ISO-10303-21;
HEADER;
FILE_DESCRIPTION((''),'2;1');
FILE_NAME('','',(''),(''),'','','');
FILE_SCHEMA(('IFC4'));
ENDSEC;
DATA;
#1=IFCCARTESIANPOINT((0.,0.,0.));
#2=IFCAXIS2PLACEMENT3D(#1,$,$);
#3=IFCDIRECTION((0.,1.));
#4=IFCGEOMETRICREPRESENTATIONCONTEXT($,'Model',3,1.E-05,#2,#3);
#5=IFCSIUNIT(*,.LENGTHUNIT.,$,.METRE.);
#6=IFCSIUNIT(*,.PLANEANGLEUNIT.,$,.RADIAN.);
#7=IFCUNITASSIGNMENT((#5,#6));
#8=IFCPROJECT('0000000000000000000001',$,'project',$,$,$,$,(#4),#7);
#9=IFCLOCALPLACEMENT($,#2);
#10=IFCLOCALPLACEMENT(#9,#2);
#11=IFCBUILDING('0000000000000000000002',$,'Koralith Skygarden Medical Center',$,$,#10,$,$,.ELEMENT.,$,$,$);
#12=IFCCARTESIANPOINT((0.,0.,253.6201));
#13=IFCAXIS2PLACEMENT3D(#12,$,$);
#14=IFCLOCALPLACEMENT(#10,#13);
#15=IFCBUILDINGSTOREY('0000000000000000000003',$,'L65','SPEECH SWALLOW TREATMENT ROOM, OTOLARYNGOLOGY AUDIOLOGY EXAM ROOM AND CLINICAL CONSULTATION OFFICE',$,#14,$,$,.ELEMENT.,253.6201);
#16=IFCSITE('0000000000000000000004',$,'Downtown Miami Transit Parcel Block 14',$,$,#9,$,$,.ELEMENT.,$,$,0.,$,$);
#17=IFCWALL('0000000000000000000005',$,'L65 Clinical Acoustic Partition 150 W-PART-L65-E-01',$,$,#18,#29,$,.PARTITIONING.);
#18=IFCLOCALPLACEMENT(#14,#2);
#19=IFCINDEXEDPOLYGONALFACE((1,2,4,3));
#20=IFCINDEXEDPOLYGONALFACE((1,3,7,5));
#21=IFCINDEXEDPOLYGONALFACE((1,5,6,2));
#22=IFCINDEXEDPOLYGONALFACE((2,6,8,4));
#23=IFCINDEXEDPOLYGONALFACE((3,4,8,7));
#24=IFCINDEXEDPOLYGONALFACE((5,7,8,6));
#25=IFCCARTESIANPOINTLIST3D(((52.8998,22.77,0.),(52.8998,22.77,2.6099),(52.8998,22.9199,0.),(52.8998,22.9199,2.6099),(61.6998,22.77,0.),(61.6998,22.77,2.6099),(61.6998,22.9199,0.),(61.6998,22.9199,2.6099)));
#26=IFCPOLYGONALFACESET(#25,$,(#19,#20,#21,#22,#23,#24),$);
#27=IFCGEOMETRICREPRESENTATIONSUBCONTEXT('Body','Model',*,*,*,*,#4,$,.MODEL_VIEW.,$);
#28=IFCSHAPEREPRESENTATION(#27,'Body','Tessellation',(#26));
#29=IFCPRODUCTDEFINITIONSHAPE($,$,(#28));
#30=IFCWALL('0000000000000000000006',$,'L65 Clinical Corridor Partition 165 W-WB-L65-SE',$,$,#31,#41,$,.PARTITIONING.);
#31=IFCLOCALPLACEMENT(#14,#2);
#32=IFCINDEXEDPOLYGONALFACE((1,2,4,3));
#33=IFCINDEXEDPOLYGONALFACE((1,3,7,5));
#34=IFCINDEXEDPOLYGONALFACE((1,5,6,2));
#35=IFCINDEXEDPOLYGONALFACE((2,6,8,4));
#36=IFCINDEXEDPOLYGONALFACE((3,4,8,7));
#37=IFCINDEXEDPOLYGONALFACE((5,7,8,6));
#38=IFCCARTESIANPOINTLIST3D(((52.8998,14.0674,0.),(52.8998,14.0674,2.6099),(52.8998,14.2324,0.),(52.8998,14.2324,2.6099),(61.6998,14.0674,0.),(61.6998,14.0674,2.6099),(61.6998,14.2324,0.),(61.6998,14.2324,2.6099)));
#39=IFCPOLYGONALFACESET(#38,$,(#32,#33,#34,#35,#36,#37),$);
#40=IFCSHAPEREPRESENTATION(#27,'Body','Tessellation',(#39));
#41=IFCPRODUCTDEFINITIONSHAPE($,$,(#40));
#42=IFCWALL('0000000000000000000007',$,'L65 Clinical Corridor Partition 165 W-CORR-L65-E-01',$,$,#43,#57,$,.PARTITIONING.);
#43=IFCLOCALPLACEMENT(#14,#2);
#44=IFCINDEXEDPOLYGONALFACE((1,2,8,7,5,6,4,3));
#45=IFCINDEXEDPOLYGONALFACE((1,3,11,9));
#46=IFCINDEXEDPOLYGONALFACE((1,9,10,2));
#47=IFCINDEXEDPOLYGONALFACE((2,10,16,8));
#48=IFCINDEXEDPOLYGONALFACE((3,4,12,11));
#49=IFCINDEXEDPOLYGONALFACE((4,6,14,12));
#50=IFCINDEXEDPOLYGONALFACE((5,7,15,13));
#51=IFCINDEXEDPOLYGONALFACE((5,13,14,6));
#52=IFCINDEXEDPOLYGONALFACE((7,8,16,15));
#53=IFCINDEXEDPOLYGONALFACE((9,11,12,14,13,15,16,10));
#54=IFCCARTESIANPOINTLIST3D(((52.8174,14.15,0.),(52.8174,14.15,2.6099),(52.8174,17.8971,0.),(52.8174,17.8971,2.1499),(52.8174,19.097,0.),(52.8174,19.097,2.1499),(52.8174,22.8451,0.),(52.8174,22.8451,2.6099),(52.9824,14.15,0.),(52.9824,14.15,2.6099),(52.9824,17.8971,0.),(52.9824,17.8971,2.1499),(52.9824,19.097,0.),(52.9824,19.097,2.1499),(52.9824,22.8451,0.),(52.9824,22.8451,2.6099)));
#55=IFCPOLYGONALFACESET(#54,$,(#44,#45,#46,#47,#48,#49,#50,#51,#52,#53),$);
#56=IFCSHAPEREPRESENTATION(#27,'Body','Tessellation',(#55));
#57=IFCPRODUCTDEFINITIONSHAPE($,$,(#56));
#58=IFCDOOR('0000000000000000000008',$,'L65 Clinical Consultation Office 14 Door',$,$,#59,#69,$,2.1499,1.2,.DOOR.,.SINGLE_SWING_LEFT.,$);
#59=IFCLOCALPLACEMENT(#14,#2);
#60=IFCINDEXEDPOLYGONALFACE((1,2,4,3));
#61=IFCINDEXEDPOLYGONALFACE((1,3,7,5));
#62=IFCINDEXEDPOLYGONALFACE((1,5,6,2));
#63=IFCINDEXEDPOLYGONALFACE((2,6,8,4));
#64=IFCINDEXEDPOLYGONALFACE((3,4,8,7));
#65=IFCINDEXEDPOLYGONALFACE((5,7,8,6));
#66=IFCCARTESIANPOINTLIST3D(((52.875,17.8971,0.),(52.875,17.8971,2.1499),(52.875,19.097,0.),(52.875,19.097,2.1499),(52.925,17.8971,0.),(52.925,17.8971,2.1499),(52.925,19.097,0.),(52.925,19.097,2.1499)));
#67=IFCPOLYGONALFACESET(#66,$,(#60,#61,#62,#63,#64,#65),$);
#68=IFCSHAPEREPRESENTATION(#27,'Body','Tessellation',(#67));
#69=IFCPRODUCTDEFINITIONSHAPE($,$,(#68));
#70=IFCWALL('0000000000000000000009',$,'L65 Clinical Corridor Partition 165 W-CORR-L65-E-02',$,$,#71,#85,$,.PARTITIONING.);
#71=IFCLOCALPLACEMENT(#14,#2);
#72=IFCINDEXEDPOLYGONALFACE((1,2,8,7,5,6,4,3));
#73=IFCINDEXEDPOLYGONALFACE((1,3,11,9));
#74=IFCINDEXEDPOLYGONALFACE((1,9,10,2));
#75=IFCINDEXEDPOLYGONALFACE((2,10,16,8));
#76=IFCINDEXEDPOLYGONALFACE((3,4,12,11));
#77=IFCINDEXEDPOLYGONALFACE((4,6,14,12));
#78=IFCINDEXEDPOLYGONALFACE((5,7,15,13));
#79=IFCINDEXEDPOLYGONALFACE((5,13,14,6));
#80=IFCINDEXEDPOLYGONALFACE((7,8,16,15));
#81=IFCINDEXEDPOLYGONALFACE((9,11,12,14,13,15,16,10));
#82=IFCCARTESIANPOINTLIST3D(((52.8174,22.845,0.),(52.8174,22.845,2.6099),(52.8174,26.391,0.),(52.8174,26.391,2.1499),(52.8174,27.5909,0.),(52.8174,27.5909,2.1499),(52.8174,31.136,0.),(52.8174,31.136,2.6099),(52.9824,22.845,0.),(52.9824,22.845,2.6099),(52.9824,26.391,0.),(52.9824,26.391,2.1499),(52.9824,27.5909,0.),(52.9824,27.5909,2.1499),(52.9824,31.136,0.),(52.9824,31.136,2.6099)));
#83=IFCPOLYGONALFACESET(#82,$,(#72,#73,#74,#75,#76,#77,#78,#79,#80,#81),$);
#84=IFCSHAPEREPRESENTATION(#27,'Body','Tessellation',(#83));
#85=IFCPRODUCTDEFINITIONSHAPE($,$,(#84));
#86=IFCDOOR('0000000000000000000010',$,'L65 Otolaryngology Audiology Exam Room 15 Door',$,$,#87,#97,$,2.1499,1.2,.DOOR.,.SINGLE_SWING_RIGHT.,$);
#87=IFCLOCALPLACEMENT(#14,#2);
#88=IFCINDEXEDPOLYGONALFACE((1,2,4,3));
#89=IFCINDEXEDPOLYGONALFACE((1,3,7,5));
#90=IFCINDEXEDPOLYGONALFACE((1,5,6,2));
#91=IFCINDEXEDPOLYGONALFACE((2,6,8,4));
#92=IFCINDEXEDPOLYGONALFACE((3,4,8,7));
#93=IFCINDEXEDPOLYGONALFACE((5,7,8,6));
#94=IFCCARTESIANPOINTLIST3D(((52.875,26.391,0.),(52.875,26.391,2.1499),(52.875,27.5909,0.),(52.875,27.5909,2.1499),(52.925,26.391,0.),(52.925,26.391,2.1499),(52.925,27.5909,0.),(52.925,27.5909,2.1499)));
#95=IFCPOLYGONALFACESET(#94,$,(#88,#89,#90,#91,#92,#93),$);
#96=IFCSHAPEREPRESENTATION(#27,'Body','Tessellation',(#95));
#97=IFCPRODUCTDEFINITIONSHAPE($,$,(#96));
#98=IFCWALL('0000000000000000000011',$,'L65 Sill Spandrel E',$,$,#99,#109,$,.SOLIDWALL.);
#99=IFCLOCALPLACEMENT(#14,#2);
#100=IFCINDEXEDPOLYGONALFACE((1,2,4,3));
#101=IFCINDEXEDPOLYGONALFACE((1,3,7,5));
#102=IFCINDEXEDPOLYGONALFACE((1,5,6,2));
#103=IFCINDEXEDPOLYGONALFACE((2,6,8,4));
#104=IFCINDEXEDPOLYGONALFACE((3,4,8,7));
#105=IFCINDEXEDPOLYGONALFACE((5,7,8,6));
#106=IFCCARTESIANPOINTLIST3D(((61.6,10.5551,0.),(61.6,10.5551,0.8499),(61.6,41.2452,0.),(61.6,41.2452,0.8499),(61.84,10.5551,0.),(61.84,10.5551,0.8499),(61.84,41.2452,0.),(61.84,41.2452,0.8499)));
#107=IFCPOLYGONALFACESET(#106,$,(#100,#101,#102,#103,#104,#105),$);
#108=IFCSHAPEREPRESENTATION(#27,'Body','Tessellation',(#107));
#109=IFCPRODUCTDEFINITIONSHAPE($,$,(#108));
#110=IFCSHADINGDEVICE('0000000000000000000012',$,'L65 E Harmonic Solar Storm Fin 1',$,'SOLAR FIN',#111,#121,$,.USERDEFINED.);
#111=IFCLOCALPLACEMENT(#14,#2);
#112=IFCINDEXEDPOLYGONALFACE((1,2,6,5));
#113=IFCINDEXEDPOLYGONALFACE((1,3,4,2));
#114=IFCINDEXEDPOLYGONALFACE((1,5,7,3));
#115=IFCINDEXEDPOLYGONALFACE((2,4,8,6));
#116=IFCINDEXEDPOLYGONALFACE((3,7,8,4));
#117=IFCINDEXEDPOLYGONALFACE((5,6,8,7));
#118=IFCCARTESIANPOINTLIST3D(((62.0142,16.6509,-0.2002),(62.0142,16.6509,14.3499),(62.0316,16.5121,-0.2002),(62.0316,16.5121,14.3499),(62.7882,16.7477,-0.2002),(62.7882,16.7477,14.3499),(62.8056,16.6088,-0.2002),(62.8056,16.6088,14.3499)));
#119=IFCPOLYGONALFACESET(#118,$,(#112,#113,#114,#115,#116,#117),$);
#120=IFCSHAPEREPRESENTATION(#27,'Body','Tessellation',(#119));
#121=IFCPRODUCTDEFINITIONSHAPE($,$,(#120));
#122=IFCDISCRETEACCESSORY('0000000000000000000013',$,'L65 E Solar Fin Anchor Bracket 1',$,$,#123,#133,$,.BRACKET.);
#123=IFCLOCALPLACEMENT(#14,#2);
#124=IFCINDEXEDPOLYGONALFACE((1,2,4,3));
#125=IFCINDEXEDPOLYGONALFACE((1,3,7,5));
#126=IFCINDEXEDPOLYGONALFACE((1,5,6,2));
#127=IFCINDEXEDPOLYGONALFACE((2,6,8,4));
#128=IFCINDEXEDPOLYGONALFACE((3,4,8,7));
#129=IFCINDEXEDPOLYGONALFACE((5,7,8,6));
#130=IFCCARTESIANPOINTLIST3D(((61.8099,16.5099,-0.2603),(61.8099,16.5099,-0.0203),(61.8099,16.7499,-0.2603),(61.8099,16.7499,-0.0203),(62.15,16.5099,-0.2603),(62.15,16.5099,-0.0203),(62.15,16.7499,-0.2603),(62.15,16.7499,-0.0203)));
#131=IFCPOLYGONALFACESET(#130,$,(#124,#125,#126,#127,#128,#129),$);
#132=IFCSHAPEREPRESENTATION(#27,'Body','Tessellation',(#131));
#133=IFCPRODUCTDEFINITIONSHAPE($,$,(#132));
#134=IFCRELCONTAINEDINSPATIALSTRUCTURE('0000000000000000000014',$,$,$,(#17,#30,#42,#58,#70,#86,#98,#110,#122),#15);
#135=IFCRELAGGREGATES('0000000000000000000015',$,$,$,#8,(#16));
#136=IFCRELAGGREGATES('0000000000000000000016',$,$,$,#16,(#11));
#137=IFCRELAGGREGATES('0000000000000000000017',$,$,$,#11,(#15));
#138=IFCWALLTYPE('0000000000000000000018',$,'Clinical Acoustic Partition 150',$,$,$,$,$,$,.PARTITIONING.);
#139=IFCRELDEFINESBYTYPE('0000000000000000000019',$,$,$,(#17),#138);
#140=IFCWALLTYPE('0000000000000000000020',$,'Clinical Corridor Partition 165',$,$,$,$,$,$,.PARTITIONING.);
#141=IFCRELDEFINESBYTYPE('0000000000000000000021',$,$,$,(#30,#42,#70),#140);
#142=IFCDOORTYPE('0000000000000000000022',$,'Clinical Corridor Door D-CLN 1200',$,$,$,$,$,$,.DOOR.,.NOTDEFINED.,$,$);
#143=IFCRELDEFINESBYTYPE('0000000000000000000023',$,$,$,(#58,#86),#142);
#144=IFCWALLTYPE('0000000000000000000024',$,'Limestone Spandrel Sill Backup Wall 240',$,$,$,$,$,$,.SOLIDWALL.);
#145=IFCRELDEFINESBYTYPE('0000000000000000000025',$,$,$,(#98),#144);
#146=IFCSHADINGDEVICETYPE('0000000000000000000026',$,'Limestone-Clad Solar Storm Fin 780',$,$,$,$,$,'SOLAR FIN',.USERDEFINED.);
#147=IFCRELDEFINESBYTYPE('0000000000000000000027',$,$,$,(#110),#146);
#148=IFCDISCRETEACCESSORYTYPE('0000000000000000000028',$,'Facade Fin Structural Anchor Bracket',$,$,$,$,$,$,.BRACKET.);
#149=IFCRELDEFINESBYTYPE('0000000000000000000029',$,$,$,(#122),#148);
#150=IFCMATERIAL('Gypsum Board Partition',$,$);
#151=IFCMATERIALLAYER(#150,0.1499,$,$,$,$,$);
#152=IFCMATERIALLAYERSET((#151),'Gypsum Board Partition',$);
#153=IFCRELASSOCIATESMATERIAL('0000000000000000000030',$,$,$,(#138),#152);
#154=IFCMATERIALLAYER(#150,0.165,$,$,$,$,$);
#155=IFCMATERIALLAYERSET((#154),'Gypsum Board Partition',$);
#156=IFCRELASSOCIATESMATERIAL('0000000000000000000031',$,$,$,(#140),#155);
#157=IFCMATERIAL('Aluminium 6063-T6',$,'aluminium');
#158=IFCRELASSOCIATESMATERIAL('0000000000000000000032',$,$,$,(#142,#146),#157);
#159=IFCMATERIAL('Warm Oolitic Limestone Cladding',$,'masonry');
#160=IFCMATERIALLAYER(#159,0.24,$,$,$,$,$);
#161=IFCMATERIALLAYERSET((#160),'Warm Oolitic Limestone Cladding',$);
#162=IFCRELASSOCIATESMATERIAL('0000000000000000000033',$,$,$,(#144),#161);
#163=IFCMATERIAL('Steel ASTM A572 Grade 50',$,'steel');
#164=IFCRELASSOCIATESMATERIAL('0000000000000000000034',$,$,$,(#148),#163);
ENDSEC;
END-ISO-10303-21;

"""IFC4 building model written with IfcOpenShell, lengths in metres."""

from ifc_helpers import new_model, si_unit, direction, frame, frame_2d, origin, origin_2d, place, context, subcontext, project, spatial, rectangle, extrude, material, layer, layer_set, type_object, element, fill, save


model = new_model("IFC4")

# Units and contexts
model_context = context("Model", 3, precision=1e-05, world=origin(), true_north=direction((0.0, 1.0)))
body_context = subcontext(model_context, "Body", "Model", "MODEL_VIEW")
ifc_project = project(units=[si_unit("LENGTHUNIT", "METRE"), si_unit("PLANEANGLEUNIT", "RADIAN")], contexts=[model_context])

# Site, building, storey
site_placement = place(None, origin())
site = spatial("IfcSite", under=ifc_project, at=site_placement, Name="Downtown Miami Transit Parcel Block 14", CompositionType="ELEMENT", RefElevation=0.0)
building_placement = place(site_placement, origin())
building = spatial("IfcBuilding", under=site, at=building_placement, Name="Koralith Skygarden Medical Center", CompositionType="ELEMENT")
storey_placement = place(building_placement, frame((0.0, 0.0, 253.6201)))
storey = spatial("IfcBuildingStorey", under=building, at=storey_placement, Name="L65", Description="SPEECH SWALLOW TREATMENT ROOM, OTOLARYNGOLOGY AUDIOLOGY EXAM ROOM AND CLINICAL CONSULTATION OFFICE", CompositionType="ELEMENT", Elevation=253.6201)

# Shared definitions
ifc_material_1 = material(Name="Aluminium 6063-T6", Category="aluminium")

# Walls
ifc_material_2 = material(Name="Gypsum Board Partition")
ifc_layer_1 = layer(ifc_material_2, 0.1499)
ifc_layer_set_1 = layer_set([ifc_layer_1], Name="Gypsum Board Partition")
wall_type_1 = type_object("IfcWallType", Name="Clinical Acoustic Partition 150", PredefinedType="PARTITIONING", material=ifc_layer_set_1)
wall_1_placement = place(storey_placement, frame((52.8999, 22.845, 0.0), z_axis=(0.0, 0.0, 1.0), x_axis=(1.0, 0.0, 0.0)))
element("IfcWall", 1, at=wall_1_placement, inside=storey, type_object=wall_type_1, Name="L65 Clinical Acoustic Partition 150 W-PART-L65-E-01", PredefinedType="PARTITIONING", context=body_context, shape_type="SweptSolid", body=[
    extrude(rectangle(XDim=8.8, YDim=0.1499, at=frame_2d((4.3999, 0.0))), origin(), (0.0, 0.0, 1.0), 2.6099),
])
ifc_layer_2 = layer(ifc_material_2, 0.165)
ifc_layer_set_2 = layer_set([ifc_layer_2], Name="Gypsum Board Partition")
wall_type_2 = type_object("IfcWallType", Name="Clinical Corridor Partition 165", PredefinedType="PARTITIONING", material=ifc_layer_set_2)
wall_2_placement = place(storey_placement, frame((52.8999, 14.1499, 0.0), z_axis=(0.0, 0.0, 1.0), x_axis=(1.0, 0.0, 0.0)))
element("IfcWall", 2, at=wall_2_placement, inside=storey, type_object=wall_type_2, Name="L65 Clinical Corridor Partition 165 W-WB-L65-SE", PredefinedType="PARTITIONING", context=body_context, shape_type="SweptSolid", body=[
    extrude(rectangle(XDim=8.8, YDim=0.165, at=frame_2d((4.3999, 0.0))), origin(), (0.0, 0.0, 1.0), 2.6099),
])

# Walls, openings, doors
wall_3_placement = place(storey_placement, frame((52.8999, 14.1499, 0.0), z_axis=(0.0, 0.0, 1.0), x_axis=(0.0, 1.0, 0.0)))
wall_3 = element("IfcWall", 3, at=wall_3_placement, inside=storey, type_object=wall_type_2, Name="L65 Clinical Corridor Partition 165 W-CORR-L65-E-01", PredefinedType="PARTITIONING", context=body_context, shape_type="SweptSolid", body=[
    extrude(rectangle(XDim=8.6951, YDim=0.165, at=frame_2d((4.3477, 0.0))), origin(), (0.0, 0.0, 1.0), 2.6099),
])
opening_1_placement = place(wall_3_placement, frame((3.7471, 0.0, 0.0)))
opening_1 = element("IfcOpeningElement", 4, at=opening_1_placement, cuts=wall_3, PredefinedType="OPENING", context=body_context, shape_type="SweptSolid", body=[
    extrude(rectangle(XDim=1.2, YDim=2.1499, at=frame_2d((0.6001, 1.075))), frame((0.0, 0.0925, 0.0), z_axis=(0.0, -1.0, 0.0), x_axis=(1.0, 0.0, 0.0)), (0.0, 0.0, 1.0), 0.1851),
])
door_type_1 = type_object("IfcDoorType", Name="Clinical Corridor Door D-CLN 1200", OperationType="NOTDEFINED", PredefinedType="DOOR", material=ifc_material_1)
door_1_placement = place(opening_1_placement, origin())
door_1 = element("IfcDoor", 5, at=door_1_placement, inside=storey, type_object=door_type_1, Name="L65 Clinical Consultation Office 14 Door", OperationType="SINGLE_SWING_LEFT", OverallHeight=2.1499, OverallWidth=1.2, PredefinedType="DOOR", context=body_context, shape_type="SweptSolid", body=[
    extrude(rectangle(XDim=1.2, YDim=2.1499, at=frame_2d((0.6001, 1.075))), frame((0.0, 0.0249, 0.0), z_axis=(0.0, -1.0, 0.0), x_axis=(1.0, 0.0, 0.0)), (0.0, 0.0, 1.0), 0.05),
])
fill(opening_1, door_1)
wall_4_placement = place(storey_placement, frame((52.8999, 22.845, 0.0), z_axis=(0.0, 0.0, 1.0), x_axis=(0.0, 1.0, 0.0)))
wall_4 = element("IfcWall", 6, at=wall_4_placement, inside=storey, type_object=wall_type_2, Name="L65 Clinical Corridor Partition 165 W-CORR-L65-E-02", PredefinedType="PARTITIONING", context=body_context, shape_type="SweptSolid", body=[
    extrude(rectangle(XDim=8.291, YDim=0.165, at=frame_2d((4.1455, 0.0))), origin(), (0.0, 0.0, 1.0), 2.6099),
])
opening_2_placement = place(wall_4_placement, frame((3.5459, 0.0, 0.0)))
opening_2 = element("IfcOpeningElement", 7, at=opening_2_placement, cuts=wall_4, PredefinedType="OPENING", context=body_context, shape_type="SweptSolid", body=[
    extrude(rectangle(XDim=1.2, YDim=2.1499, at=frame_2d((0.6001, 1.075))), frame((0.0, 0.0925, 0.0), z_axis=(0.0, -1.0, 0.0), x_axis=(1.0, 0.0, 0.0)), (0.0, 0.0, 1.0), 0.1851),
])
door_2_placement = place(opening_2_placement, origin())
door_2 = element("IfcDoor", 8, at=door_2_placement, inside=storey, type_object=door_type_1, Name="L65 Otolaryngology Audiology Exam Room 15 Door", OperationType="SINGLE_SWING_RIGHT", OverallHeight=2.1499, OverallWidth=1.2, PredefinedType="DOOR", context=body_context, shape_type="SweptSolid", body=[
    extrude(rectangle(XDim=1.2, YDim=2.1499, at=frame_2d((0.6001, 1.075))), frame((0.0, 0.0249, 0.0), z_axis=(0.0, -1.0, 0.0), x_axis=(1.0, 0.0, 0.0)), (0.0, 0.0, 1.0), 0.05),
])
fill(opening_2, door_2)

# Wall
ifc_material_3 = material(Name="Warm Oolitic Limestone Cladding", Category="masonry")
ifc_layer_3 = layer(ifc_material_3, 0.24)
ifc_layer_set_3 = layer_set([ifc_layer_3], Name="Warm Oolitic Limestone Cladding")
wall_type_3 = type_object("IfcWallType", Name="Limestone Spandrel Sill Backup Wall 240", PredefinedType="SOLIDWALL", material=ifc_layer_set_3)
wall_5_placement = place(storey_placement, frame((61.72, 10.5549, 0.0), z_axis=(0.0, 0.0, 1.0), x_axis=(0.0, 1.0, 0.0)))
element("IfcWall", 9, at=wall_5_placement, inside=storey, type_object=wall_type_3, Name="L65 Sill Spandrel E", PredefinedType="SOLIDWALL", context=body_context, shape_type="SweptSolid", body=[
    extrude(rectangle(XDim=30.6902, YDim=0.24, at=frame_2d((15.3452, 0.0))), origin(), (0.0, 0.0, 1.0), 0.8499),
])

# Shading device
shading_device_type = type_object("IfcShadingDeviceType", Name="Limestone-Clad Solar Storm Fin 780", ElementType="SOLAR FIN", PredefinedType="USERDEFINED", material=ifc_material_1)
shading_device_placement = place(storey_placement, frame((62.4099, 16.6299, -0.2002), z_axis=(0.0, 0.0, 1.0), x_axis=(0.992282, 0.124, 0.0)))
element("IfcShadingDevice", 10, at=shading_device_placement, inside=storey, type_object=shading_device_type, Name="L65 E Harmonic Solar Storm Fin 1", ObjectType="SOLAR FIN", PredefinedType="USERDEFINED", context=body_context, shape_type="SweptSolid", body=[
    extrude(rectangle(XDim=0.78, YDim=0.1399, at=origin_2d()), origin(), (0.0, 0.0, 1.0), 14.55),
])

# Discrete accessory
ifc_material_4 = material(Name="Steel ASTM A572 Grade 50", Category="steel")
discrete_accessory_type = type_object("IfcDiscreteAccessoryType", Name="Facade Fin Structural Anchor Bracket", PredefinedType="BRACKET", material=ifc_material_4)
discrete_accessory_placement = place(storey_placement, frame((61.98, 16.6299, -0.2603), z_axis=(0.0, 0.0, 1.0), x_axis=(1.0, 0.0, 0.0)))
element("IfcDiscreteAccessory", 11, at=discrete_accessory_placement, inside=storey, type_object=discrete_accessory_type, Name="L65 E Solar Fin Anchor Bracket 1", PredefinedType="BRACKET", context=body_context, shape_type="SweptSolid", body=[
    extrude(rectangle(XDim=0.3401, YDim=0.24, at=origin_2d()), origin(), (0.0, 0.0, 1.0), 0.24),
])

save(model, "model.ifc")
